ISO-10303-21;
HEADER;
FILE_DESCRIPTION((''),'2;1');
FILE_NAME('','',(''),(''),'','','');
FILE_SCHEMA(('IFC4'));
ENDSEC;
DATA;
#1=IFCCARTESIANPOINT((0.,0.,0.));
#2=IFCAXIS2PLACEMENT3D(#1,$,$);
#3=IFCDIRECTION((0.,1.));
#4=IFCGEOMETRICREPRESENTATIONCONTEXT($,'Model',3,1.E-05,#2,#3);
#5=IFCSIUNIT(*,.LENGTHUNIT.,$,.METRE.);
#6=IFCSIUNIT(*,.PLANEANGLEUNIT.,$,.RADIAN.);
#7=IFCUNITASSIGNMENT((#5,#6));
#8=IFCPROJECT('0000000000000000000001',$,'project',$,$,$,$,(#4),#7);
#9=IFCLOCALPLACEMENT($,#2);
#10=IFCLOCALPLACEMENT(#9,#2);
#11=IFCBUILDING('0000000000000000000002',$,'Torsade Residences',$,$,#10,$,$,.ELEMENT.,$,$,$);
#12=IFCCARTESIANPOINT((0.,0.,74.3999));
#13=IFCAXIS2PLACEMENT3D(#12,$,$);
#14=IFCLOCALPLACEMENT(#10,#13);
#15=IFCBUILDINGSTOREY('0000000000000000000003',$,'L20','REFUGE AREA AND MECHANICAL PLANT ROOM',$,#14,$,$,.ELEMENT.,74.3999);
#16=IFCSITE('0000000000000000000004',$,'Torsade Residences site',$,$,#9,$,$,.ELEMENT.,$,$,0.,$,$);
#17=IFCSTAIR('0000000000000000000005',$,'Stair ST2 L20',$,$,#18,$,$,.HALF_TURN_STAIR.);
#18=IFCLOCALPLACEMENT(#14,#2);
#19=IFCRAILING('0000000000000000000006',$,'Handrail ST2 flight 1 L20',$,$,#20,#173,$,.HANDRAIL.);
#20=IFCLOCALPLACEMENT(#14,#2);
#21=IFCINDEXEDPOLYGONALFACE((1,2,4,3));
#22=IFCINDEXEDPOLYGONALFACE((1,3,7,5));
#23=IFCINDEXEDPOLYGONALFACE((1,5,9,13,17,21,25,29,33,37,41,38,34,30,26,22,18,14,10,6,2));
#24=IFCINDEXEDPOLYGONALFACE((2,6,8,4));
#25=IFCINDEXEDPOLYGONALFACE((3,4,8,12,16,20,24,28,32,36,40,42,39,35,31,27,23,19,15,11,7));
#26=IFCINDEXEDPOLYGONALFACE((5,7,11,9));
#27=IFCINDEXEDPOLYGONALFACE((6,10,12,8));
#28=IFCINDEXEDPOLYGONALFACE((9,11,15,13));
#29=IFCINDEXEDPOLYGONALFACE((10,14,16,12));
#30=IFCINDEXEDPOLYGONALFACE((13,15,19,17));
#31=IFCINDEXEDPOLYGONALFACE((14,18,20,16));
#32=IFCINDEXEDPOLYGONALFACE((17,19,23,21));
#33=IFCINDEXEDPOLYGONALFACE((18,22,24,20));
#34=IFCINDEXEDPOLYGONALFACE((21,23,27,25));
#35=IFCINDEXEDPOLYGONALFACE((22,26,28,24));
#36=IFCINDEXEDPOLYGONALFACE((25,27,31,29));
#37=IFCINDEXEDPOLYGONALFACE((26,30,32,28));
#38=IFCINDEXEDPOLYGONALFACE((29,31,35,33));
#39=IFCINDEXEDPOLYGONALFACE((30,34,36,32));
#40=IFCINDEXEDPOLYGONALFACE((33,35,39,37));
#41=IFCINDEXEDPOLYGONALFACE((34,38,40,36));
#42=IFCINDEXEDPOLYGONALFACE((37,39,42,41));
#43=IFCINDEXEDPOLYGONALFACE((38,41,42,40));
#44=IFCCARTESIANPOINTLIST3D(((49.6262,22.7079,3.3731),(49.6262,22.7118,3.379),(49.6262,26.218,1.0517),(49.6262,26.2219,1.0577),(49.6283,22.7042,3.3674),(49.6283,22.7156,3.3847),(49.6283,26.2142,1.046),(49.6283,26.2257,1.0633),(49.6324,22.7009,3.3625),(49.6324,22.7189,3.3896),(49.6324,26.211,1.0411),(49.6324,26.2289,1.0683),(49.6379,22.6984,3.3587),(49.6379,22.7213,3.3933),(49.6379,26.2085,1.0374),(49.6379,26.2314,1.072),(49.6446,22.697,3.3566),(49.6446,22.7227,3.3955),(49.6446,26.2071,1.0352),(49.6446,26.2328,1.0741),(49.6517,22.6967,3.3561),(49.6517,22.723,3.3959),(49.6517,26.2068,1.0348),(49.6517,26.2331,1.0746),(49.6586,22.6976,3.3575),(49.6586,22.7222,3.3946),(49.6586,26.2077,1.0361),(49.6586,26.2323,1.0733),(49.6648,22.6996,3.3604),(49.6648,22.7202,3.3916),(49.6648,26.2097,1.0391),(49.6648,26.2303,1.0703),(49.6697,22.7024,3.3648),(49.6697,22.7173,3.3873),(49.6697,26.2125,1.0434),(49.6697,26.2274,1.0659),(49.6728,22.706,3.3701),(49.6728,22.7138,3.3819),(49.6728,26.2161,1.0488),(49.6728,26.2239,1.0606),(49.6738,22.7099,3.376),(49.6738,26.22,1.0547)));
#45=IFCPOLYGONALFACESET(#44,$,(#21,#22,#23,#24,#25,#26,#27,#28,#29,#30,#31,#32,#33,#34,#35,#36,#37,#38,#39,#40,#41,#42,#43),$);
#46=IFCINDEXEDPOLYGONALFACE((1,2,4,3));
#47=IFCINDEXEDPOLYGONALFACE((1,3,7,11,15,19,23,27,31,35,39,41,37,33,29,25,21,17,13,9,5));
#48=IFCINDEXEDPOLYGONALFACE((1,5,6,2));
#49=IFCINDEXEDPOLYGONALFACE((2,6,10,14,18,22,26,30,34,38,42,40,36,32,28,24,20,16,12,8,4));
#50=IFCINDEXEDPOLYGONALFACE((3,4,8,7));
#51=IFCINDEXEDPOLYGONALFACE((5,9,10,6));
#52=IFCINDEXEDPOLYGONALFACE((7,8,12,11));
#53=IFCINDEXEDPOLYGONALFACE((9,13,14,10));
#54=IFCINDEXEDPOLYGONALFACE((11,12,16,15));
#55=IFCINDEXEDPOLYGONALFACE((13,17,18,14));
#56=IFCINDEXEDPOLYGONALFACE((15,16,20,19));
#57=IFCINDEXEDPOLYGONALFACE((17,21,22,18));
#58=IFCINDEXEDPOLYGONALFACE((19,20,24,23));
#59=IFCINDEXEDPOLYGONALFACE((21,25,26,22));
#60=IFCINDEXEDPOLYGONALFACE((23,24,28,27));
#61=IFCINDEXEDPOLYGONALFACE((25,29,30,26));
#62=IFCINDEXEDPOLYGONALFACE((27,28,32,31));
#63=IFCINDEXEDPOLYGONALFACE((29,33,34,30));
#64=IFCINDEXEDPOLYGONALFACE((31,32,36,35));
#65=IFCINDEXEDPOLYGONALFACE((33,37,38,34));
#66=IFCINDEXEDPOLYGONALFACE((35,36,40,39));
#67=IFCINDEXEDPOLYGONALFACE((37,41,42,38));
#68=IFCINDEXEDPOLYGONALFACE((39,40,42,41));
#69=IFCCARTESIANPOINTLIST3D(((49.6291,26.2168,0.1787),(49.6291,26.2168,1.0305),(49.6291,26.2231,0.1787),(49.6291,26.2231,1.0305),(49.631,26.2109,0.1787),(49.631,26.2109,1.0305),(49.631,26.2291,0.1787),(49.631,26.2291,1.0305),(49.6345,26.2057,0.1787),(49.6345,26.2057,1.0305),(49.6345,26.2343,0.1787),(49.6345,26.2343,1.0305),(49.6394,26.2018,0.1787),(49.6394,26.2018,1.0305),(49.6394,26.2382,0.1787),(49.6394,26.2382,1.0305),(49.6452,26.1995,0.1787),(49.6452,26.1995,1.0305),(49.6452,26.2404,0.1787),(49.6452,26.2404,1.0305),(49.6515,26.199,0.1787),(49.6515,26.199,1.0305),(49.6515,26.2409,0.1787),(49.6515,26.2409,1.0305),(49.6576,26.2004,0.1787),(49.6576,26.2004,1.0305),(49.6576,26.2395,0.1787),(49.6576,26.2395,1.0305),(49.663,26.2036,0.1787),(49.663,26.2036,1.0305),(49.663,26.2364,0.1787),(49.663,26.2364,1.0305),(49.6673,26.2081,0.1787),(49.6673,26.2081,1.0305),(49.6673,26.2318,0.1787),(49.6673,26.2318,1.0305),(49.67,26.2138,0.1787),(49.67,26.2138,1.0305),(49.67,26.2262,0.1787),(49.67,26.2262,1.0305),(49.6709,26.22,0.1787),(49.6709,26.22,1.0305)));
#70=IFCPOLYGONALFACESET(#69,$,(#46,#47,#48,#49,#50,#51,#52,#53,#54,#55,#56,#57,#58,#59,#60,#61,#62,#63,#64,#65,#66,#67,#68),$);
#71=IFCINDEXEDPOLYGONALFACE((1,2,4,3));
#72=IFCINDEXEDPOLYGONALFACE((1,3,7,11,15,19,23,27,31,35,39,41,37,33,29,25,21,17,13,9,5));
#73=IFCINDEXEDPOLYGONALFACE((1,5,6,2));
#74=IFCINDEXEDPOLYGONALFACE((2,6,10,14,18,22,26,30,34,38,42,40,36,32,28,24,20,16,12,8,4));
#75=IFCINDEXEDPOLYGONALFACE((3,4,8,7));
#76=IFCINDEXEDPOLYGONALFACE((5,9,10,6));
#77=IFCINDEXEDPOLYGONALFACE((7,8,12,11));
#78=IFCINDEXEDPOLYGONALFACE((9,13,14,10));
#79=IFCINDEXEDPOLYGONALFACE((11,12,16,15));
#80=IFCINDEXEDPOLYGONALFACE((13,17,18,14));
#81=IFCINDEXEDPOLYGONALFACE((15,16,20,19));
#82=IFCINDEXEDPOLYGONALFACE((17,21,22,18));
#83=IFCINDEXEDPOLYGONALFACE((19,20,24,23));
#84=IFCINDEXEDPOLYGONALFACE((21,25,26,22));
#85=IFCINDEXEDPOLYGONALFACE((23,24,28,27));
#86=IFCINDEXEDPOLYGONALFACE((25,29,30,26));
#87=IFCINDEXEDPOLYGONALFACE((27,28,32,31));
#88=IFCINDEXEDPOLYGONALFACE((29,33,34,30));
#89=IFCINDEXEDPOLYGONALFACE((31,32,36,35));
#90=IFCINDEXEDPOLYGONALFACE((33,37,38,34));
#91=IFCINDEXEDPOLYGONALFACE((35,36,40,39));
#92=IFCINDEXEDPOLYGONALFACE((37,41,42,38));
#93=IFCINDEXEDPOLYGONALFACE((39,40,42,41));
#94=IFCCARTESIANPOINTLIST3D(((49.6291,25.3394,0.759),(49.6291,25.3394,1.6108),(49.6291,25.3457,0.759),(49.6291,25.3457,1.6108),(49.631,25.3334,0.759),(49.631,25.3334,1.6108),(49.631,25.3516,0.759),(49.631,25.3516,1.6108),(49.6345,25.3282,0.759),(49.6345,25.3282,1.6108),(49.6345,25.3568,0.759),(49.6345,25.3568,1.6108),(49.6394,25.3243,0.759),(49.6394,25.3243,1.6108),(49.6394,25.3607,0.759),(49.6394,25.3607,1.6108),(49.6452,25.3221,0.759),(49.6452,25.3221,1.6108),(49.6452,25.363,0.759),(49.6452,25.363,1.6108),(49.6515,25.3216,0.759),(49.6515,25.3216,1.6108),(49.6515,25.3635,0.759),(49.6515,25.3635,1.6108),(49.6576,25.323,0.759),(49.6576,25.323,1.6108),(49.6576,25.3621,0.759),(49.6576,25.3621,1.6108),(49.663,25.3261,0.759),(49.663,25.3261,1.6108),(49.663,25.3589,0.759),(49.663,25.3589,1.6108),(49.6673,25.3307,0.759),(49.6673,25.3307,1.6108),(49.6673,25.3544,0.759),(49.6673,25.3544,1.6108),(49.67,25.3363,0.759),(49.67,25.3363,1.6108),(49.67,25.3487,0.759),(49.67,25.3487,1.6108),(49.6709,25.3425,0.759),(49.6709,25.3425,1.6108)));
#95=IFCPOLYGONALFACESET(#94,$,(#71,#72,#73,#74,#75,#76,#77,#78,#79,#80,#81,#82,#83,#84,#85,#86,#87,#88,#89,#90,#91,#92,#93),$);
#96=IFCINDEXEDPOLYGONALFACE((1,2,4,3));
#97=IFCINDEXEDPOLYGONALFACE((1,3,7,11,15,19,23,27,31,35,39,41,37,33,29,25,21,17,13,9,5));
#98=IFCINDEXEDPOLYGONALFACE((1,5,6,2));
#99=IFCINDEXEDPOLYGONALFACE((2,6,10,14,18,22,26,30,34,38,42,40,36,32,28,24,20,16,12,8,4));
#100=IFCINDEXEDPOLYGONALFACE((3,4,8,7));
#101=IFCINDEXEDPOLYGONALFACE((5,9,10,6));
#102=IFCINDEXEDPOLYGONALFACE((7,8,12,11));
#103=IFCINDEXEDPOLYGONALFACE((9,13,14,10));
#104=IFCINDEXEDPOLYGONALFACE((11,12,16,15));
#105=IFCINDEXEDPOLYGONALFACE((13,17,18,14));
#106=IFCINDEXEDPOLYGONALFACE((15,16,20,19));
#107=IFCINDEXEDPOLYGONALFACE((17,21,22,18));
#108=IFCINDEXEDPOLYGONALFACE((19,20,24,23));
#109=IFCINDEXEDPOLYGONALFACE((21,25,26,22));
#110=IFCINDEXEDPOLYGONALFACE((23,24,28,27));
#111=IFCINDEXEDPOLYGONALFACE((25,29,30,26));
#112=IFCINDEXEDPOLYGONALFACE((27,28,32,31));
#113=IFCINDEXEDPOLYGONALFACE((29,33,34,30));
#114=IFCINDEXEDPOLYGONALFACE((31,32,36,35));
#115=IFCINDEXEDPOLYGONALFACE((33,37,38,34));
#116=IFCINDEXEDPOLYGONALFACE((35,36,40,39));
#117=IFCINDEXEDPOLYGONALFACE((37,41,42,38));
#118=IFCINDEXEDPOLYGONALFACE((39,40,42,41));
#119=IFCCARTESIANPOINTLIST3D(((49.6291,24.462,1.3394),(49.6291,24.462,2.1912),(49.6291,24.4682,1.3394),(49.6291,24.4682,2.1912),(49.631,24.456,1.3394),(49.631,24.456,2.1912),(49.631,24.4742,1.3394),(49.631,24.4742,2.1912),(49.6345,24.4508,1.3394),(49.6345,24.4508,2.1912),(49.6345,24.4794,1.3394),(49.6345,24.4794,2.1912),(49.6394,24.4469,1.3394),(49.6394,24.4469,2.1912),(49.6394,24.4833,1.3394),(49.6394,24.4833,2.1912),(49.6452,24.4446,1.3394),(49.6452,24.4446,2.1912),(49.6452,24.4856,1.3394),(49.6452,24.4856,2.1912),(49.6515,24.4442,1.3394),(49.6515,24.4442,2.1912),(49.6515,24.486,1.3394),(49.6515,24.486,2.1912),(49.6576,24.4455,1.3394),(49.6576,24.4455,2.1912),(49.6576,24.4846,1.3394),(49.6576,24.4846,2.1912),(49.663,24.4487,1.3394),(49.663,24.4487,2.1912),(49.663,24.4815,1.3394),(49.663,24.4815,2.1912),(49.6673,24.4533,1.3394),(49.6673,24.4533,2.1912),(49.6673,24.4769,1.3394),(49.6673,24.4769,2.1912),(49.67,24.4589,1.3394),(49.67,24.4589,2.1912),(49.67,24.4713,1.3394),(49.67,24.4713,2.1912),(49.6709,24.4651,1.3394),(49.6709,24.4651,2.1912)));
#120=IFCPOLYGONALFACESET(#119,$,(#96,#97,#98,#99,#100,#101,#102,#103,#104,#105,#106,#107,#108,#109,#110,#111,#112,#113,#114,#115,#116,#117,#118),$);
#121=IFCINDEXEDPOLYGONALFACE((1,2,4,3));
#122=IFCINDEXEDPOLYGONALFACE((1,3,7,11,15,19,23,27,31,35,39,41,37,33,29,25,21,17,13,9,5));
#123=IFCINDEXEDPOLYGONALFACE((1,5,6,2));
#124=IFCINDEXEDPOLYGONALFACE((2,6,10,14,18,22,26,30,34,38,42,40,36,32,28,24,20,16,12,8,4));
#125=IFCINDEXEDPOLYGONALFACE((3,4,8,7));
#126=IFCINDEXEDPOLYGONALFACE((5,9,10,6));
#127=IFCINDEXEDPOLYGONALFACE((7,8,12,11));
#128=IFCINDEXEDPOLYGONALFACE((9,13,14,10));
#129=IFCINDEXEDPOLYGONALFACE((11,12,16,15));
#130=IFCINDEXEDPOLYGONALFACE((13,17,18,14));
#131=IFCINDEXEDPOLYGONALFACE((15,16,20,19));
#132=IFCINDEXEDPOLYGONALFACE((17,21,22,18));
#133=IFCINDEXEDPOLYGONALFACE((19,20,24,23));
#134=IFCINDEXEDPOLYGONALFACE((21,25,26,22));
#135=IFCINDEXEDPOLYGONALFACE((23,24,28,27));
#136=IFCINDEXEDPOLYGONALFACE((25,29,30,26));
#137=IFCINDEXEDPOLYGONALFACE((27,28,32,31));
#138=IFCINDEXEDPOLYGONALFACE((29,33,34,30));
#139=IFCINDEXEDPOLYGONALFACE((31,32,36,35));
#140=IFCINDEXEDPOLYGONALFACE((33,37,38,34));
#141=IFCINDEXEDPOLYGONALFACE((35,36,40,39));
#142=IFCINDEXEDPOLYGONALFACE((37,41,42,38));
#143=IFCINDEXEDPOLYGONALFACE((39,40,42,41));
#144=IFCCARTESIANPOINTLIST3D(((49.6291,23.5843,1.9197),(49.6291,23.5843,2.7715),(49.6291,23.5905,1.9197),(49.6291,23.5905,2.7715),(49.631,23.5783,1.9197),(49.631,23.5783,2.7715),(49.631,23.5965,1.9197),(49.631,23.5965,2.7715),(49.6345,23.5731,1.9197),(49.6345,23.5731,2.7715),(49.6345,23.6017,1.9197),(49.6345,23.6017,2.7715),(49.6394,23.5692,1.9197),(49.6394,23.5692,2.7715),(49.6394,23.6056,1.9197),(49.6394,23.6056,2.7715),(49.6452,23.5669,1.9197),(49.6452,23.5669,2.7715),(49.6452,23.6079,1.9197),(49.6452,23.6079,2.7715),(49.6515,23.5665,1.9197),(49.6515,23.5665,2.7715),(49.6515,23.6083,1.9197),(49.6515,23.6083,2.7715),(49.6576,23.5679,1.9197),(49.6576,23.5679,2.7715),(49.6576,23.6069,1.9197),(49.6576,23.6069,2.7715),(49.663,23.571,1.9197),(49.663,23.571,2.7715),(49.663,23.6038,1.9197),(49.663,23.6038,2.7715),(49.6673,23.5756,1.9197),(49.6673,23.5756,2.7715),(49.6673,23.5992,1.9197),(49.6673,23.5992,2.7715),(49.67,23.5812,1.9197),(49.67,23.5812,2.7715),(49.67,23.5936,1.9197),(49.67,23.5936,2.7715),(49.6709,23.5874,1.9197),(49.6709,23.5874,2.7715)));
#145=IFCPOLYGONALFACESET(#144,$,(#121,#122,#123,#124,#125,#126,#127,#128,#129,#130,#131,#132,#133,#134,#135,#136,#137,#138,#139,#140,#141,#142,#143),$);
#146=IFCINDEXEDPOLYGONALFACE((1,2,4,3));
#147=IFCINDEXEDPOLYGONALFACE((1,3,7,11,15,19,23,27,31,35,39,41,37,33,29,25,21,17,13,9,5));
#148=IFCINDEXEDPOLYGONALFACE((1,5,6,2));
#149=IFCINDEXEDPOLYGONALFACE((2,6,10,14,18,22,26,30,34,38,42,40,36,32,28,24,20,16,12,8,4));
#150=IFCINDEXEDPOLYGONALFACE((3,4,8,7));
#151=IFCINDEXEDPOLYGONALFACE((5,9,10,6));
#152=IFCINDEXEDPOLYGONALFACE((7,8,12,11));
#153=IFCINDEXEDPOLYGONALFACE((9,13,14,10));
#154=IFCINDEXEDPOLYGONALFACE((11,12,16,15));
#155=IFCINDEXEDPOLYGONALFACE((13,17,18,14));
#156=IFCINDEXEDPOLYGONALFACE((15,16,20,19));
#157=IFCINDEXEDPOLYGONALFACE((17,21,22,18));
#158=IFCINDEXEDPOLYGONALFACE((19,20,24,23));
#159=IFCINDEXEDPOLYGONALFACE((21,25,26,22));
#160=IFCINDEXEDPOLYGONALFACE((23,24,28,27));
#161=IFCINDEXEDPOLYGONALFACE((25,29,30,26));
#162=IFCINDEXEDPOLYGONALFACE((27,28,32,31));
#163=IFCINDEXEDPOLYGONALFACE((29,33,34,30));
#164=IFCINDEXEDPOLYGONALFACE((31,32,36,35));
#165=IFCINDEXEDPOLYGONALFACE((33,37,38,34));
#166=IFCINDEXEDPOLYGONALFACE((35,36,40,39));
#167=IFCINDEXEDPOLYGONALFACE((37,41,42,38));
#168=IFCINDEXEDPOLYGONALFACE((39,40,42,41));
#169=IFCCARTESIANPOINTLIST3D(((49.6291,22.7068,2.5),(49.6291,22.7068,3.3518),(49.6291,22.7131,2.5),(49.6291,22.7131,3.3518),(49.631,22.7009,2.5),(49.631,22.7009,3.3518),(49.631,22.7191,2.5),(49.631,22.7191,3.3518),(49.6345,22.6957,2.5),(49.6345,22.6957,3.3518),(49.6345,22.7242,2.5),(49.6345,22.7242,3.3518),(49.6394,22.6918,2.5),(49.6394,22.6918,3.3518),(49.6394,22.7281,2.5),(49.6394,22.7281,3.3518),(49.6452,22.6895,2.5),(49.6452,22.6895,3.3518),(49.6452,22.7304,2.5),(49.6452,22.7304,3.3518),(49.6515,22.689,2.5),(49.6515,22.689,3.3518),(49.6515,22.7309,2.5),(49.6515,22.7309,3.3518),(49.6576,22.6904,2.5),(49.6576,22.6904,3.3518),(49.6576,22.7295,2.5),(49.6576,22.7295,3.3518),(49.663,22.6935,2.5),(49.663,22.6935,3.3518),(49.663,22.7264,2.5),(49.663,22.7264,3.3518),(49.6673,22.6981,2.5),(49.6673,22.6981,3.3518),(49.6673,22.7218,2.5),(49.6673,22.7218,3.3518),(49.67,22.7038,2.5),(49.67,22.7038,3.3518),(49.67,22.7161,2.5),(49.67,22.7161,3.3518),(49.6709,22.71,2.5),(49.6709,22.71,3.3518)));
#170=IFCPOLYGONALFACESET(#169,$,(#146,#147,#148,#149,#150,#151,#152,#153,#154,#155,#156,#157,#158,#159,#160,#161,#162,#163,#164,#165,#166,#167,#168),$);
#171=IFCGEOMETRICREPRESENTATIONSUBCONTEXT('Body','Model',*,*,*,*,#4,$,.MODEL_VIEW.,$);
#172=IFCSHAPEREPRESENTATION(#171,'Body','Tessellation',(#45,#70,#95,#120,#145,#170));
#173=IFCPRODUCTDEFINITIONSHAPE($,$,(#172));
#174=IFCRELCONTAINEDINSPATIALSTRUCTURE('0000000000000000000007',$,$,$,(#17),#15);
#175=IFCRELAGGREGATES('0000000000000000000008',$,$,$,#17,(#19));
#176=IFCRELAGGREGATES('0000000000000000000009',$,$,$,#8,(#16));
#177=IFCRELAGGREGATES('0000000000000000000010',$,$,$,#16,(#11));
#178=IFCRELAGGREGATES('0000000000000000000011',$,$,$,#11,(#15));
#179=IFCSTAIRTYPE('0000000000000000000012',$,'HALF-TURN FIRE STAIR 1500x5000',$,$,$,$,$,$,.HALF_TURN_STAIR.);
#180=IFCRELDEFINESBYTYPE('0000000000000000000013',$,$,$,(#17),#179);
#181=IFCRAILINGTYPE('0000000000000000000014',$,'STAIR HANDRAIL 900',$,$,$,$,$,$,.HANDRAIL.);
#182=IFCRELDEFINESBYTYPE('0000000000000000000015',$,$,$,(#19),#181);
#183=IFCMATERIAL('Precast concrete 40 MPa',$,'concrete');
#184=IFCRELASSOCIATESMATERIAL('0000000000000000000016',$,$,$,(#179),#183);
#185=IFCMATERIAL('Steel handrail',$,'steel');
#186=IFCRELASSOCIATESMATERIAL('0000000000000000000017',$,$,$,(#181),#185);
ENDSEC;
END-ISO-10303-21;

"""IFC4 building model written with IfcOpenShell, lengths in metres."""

from ifc_helpers import new_model, si_unit, direction, frame, origin, origin_2d, place, context, subcontext, project, spatial, circle, extrude, material, type_object, element, aggregate, save


model = new_model("IFC4")

# Units and contexts
model_context = context("Model", 3, precision=1e-05, world=origin(), true_north=direction((0.0, 1.0)))
body_context = subcontext(model_context, "Body", "Model", "MODEL_VIEW")
ifc_project = project(units=[si_unit("LENGTHUNIT", "METRE"), si_unit("PLANEANGLEUNIT", "RADIAN")], contexts=[model_context])

# Site, building, storey
site_placement = place(None, origin())
site = spatial("IfcSite", under=ifc_project, at=site_placement, Name="Torsade Residences site", CompositionType="ELEMENT", RefElevation=0.0)
building_placement = place(site_placement, origin())
building = spatial("IfcBuilding", under=site, at=building_placement, Name="Torsade Residences", CompositionType="ELEMENT")
storey_placement = place(building_placement, frame((0.0, 0.0, 74.3999)))
storey = spatial("IfcBuildingStorey", under=building, at=storey_placement, Name="L20", Description="REFUGE AREA AND MECHANICAL PLANT ROOM", CompositionType="ELEMENT", Elevation=74.3999)

# Stair, railing
ifc_material_1 = material(Name="Precast concrete 40 MPa", Category="concrete")
stair_type = type_object("IfcStairType", Name="HALF-TURN FIRE STAIR 1500x5000", PredefinedType="HALF_TURN_STAIR", material=ifc_material_1)
stair_placement = place(storey_placement, origin())
stair = element("IfcStair", 1, at=stair_placement, inside=storey, type_object=stair_type, Name="Stair ST2 L20", PredefinedType="HALF_TURN_STAIR")
ifc_material_2 = material(Name="Steel handrail", Category="steel")
railing_type = type_object("IfcRailingType", Name="STAIR HANDRAIL 900", PredefinedType="HANDRAIL", material=ifc_material_2)
railing_1_placement = place(storey_placement, frame((49.6499, 26.22, 0.1787)))
railing_1 = element("IfcRailing", 2, at=railing_1_placement, type_object=railing_type, Name="Handrail ST2 flight 1 L20", PredefinedType="HANDRAIL", context=body_context, shape_type="SweptSolid", body=[
    extrude(circle(Radius=0.0239, at=origin_2d()), frame((0.0, 0.0, 0.876), z_axis=(0.0, -0.834097, 0.551617), x_axis=(1.0, 0.0, 0.0)), (0.0, 0.0, 1.0), 4.2083),
    extrude(circle(Radius=0.021, at=origin_2d()), origin(), (0.0, 0.0, 1.0), 0.8518),
    extrude(circle(Radius=0.021, at=origin_2d()), frame((0.0, -0.8774, 0.5803)), (0.0, 0.0, 1.0), 0.8518),
    extrude(circle(Radius=0.021, at=origin_2d()), frame((0.0, -1.7549, 1.1606)), (0.0, 0.0, 1.0), 0.8518),
    extrude(circle(Radius=0.021, at=origin_2d()), frame((0.0, -2.6326, 1.741)), (0.0, 0.0, 1.0), 0.8518),
    extrude(circle(Radius=0.021, at=origin_2d()), frame((0.0, -3.51, 2.3213)), (0.0, 0.0, 1.0), 0.8518),
])
aggregate(stair, [railing_1])

save(model, "model.ifc")
